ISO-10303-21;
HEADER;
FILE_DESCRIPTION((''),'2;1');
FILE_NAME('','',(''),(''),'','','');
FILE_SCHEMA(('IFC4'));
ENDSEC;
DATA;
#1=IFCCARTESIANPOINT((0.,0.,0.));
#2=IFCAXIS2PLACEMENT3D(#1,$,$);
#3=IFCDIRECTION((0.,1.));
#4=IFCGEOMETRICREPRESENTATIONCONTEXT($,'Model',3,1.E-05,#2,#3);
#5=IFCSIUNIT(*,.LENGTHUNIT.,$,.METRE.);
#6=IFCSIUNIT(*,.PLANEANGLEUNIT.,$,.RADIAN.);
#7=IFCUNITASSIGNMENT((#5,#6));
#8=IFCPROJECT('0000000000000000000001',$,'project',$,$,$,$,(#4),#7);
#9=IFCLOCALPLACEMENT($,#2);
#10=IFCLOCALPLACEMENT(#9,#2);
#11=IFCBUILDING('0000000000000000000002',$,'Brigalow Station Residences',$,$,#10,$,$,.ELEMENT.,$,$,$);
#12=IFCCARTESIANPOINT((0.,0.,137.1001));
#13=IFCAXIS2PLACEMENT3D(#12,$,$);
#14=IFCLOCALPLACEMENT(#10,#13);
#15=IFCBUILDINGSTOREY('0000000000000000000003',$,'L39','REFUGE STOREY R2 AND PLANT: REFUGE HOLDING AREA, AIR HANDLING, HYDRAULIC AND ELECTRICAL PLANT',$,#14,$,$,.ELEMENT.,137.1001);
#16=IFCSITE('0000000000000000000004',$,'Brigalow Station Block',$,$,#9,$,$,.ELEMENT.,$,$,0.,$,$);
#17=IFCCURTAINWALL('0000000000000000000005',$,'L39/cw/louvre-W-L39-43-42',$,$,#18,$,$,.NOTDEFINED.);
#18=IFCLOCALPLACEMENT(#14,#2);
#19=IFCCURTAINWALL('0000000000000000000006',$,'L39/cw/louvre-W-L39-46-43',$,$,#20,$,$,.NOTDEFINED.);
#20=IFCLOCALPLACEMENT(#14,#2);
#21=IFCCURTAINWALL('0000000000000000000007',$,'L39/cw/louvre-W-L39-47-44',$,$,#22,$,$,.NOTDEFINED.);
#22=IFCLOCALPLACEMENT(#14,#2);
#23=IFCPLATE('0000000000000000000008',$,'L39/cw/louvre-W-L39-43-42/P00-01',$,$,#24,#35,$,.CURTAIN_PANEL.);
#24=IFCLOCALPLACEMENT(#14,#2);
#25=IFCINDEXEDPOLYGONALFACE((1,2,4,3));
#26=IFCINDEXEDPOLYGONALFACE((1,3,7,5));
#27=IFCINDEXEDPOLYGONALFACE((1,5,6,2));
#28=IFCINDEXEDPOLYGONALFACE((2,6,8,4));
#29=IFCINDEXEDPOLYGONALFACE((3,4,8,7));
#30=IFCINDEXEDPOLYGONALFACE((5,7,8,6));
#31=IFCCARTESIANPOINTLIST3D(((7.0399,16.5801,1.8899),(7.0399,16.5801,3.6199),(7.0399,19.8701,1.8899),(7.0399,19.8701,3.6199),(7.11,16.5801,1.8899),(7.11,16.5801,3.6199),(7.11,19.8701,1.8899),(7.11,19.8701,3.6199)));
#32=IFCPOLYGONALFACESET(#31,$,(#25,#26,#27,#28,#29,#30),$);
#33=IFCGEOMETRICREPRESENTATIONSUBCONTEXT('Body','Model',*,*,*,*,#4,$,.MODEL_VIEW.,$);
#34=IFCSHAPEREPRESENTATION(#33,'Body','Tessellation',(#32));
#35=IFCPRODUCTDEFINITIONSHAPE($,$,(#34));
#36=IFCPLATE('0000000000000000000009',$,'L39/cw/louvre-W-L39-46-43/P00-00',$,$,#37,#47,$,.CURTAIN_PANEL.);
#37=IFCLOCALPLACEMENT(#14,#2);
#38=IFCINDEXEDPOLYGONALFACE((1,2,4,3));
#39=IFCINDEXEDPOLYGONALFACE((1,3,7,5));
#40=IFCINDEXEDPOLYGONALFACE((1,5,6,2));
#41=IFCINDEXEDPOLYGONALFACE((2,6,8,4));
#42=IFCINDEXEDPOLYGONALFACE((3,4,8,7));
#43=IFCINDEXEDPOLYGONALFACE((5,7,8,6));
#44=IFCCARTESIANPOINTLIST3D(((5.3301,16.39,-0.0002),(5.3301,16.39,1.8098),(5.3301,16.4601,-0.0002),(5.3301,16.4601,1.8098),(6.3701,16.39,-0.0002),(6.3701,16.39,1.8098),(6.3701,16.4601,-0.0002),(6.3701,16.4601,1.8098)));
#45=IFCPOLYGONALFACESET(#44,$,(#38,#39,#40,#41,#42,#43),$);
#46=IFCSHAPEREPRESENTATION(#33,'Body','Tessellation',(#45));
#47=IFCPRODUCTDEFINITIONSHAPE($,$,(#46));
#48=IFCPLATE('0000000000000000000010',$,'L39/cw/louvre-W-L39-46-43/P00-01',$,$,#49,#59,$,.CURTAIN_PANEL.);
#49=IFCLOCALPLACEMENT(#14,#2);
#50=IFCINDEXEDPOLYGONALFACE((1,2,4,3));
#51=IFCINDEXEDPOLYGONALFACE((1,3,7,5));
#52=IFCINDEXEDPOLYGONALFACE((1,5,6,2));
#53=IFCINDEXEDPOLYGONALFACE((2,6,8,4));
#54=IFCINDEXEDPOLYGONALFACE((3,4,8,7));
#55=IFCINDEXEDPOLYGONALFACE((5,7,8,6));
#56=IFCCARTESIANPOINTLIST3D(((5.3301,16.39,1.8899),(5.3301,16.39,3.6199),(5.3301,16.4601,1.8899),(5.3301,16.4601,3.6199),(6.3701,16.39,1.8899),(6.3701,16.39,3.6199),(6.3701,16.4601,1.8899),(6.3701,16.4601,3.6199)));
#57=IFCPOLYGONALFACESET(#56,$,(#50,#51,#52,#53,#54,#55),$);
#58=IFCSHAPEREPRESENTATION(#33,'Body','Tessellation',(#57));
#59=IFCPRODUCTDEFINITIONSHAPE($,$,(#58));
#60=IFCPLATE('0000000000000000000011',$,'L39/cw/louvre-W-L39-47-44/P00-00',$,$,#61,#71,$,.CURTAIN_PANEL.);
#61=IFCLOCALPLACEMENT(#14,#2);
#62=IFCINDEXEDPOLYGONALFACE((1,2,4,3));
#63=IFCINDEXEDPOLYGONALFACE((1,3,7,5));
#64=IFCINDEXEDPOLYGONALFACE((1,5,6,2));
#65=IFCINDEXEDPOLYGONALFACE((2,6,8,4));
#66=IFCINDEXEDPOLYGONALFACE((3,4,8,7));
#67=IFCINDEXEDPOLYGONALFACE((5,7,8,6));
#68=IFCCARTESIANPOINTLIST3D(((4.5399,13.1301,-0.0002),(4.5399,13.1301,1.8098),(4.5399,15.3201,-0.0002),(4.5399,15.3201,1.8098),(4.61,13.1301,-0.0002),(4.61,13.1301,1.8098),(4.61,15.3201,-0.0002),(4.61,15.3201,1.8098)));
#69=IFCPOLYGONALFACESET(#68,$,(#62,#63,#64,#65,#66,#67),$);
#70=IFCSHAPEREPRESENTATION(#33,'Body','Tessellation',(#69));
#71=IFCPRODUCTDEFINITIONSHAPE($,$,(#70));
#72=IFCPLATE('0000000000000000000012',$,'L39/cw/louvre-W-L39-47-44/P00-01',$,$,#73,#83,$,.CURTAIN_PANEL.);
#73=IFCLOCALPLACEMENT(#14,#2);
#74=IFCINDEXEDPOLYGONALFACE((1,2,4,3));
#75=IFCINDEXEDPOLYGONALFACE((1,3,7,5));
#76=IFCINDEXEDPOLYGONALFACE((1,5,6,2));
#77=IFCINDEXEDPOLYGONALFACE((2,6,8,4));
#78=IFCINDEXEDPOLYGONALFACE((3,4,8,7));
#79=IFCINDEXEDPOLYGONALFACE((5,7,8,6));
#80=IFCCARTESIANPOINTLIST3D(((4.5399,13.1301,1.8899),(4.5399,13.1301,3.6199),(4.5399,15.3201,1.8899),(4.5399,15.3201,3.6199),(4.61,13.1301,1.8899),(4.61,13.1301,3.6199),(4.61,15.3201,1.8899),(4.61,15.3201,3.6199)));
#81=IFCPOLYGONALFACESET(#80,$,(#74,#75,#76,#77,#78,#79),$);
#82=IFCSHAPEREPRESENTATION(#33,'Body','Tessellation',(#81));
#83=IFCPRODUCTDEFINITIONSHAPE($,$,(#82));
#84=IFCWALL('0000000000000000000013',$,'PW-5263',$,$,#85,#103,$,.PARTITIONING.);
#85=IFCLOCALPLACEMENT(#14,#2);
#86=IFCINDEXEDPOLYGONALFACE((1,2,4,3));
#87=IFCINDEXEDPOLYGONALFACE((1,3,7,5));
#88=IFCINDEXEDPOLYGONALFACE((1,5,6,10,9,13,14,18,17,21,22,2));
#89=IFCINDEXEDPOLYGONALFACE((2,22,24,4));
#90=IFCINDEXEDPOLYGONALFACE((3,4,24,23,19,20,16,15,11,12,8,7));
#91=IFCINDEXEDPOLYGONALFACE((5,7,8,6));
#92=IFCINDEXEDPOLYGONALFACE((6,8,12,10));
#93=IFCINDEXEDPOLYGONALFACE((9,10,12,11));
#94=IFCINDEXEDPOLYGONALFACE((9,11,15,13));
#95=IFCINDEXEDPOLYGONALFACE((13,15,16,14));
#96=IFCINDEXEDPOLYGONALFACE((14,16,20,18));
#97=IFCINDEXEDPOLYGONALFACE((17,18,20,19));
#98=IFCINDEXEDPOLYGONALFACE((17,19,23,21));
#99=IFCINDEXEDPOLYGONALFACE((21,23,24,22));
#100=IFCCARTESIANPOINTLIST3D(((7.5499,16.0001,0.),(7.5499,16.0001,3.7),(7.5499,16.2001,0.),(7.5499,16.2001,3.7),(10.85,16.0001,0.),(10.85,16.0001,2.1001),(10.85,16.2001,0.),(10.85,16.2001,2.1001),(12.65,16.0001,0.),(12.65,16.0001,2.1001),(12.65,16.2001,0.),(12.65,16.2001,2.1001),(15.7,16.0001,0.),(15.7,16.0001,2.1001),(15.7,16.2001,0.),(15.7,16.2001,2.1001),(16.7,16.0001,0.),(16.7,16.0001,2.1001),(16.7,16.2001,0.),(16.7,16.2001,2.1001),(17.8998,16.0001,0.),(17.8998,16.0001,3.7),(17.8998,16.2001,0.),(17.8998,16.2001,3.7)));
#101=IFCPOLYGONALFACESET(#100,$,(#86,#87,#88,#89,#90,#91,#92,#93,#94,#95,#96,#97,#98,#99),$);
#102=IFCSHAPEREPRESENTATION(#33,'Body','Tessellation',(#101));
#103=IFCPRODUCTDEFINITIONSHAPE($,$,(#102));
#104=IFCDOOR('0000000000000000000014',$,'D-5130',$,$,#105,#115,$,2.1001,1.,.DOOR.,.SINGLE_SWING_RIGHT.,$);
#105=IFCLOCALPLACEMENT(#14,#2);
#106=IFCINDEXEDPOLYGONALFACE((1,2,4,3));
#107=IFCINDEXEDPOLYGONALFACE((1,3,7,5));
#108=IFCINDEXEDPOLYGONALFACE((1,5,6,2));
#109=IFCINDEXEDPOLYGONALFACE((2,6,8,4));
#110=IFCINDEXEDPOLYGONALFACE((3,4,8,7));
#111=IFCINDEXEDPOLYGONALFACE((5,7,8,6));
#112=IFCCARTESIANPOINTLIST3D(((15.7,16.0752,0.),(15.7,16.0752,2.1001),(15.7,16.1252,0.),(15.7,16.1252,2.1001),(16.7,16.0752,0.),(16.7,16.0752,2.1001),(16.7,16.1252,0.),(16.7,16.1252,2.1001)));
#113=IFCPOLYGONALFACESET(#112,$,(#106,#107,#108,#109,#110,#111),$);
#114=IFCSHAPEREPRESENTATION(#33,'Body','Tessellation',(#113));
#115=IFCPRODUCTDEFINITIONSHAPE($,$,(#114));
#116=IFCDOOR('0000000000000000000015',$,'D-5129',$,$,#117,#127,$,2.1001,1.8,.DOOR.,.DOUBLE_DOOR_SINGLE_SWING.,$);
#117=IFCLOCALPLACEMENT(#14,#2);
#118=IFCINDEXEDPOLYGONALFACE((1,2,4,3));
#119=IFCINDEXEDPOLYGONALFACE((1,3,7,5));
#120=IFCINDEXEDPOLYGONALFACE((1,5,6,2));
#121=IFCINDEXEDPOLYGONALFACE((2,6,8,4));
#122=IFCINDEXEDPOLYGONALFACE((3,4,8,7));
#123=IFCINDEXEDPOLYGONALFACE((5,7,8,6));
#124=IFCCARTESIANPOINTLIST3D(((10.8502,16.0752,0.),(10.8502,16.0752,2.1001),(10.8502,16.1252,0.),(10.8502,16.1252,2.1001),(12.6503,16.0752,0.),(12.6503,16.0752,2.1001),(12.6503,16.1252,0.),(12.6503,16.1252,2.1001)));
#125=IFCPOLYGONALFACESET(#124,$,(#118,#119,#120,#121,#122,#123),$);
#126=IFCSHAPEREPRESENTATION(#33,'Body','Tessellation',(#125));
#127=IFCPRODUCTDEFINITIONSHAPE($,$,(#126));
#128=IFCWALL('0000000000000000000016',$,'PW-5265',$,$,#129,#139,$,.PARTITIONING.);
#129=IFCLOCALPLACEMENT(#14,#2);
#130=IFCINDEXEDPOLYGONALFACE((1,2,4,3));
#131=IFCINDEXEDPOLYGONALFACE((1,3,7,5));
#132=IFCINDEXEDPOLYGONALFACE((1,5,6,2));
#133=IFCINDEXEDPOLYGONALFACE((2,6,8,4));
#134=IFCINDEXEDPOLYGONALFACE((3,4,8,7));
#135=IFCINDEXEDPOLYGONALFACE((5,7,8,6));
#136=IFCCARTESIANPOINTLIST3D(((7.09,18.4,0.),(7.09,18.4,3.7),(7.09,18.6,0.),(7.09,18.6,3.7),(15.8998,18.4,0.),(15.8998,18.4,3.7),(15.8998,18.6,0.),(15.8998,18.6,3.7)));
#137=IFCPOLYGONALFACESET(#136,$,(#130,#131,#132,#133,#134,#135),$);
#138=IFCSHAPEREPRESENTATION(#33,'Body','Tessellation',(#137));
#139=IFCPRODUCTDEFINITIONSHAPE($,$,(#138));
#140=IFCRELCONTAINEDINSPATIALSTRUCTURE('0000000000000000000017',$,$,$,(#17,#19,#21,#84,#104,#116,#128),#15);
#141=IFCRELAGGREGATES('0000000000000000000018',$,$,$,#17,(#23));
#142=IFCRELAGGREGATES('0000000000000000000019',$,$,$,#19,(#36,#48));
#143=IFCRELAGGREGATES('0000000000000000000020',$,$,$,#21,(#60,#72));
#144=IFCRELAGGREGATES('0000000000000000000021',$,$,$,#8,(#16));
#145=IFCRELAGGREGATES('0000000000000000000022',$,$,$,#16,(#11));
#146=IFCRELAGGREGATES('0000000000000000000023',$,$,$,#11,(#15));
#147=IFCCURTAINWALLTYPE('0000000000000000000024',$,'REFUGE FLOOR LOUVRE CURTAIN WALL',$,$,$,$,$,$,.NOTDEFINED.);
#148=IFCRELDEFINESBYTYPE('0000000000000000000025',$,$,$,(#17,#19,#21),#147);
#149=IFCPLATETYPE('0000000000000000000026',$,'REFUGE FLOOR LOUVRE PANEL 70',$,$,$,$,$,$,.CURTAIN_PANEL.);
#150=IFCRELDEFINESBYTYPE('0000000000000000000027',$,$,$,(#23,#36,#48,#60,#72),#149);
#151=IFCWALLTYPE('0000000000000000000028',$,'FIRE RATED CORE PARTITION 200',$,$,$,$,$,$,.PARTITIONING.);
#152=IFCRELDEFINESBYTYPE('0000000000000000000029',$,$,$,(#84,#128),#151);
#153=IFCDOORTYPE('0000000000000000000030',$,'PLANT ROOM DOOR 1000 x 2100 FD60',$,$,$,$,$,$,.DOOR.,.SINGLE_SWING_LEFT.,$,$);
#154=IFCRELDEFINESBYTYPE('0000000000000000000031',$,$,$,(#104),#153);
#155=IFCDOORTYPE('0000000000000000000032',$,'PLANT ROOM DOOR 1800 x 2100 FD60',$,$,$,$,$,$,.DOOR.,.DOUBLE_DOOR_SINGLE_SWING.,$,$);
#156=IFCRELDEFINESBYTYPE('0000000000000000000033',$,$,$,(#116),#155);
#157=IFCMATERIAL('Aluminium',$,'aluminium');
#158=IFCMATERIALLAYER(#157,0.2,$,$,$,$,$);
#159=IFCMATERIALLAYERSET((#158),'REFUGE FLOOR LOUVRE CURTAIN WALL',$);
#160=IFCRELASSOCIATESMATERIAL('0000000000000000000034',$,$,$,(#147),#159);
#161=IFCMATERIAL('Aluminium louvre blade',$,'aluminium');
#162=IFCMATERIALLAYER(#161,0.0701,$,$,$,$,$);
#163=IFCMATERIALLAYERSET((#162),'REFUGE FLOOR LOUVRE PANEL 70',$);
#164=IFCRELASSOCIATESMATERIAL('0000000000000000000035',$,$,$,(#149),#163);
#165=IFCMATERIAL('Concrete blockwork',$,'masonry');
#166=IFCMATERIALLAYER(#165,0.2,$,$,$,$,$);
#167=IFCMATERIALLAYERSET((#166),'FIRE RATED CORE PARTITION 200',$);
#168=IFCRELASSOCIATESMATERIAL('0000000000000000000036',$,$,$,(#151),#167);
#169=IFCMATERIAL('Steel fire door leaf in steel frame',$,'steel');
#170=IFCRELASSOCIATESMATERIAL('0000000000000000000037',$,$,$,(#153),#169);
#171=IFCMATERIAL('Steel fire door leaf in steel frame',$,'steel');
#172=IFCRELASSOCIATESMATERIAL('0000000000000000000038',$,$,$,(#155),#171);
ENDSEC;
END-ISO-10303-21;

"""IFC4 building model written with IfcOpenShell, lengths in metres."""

from ifc_helpers import new_model, si_unit, direction, frame, frame_2d, origin, origin_2d, place, context, subcontext, project, spatial, rectangle, extrude, material, layer, layer_set, type_object, element, fill, aggregate, save


model = new_model("IFC4")

# Units and contexts
model_context = context("Model", 3, precision=1e-05, world=origin(), true_north=direction((0.0, 1.0)))
body_context = subcontext(model_context, "Body", "Model", "MODEL_VIEW")
ifc_project = project(units=[si_unit("LENGTHUNIT", "METRE"), si_unit("PLANEANGLEUNIT", "RADIAN")], contexts=[model_context])

# Site, building, storey
site_placement = place(None, origin())
site = spatial("IfcSite", under=ifc_project, at=site_placement, Name="Brigalow Station Block", CompositionType="ELEMENT", RefElevation=0.0)
building_placement = place(site_placement, origin())
building = spatial("IfcBuilding", under=site, at=building_placement, Name="Brigalow Station Residences", CompositionType="ELEMENT")
storey_placement = place(building_placement, frame((0.0, 0.0, 137.1001)))
storey = spatial("IfcBuildingStorey", under=building, at=storey_placement, Name="L39", Description="REFUGE STOREY R2 AND PLANT: REFUGE HOLDING AREA, AIR HANDLING, HYDRAULIC AND ELECTRICAL PLANT", CompositionType="ELEMENT", Elevation=137.1001)

# Curtain walls
ifc_material_1 = material(Name="Aluminium", Category="aluminium")
ifc_layer_1 = layer(ifc_material_1, 0.2)
ifc_layer_set_1 = layer_set([ifc_layer_1], Name="REFUGE FLOOR LOUVRE CURTAIN WALL")
curtain_wall_type = type_object("IfcCurtainWallType", Name="REFUGE FLOOR LOUVRE CURTAIN WALL", PredefinedType="NOTDEFINED", material=ifc_layer_set_1)
curtain_wall_1_placement = place(storey_placement, origin())
curtain_wall_1 = element("IfcCurtainWall", 1, at=curtain_wall_1_placement, inside=storey, type_object=curtain_wall_type, Name="L39/cw/louvre-W-L39-43-42", PredefinedType="NOTDEFINED")
curtain_wall_2_placement = place(storey_placement, origin())
curtain_wall_2 = element("IfcCurtainWall", 2, at=curtain_wall_2_placement, inside=storey, type_object=curtain_wall_type, Name="L39/cw/louvre-W-L39-46-43", PredefinedType="NOTDEFINED")
curtain_wall_3_placement = place(storey_placement, origin())
curtain_wall_3 = element("IfcCurtainWall", 3, at=curtain_wall_3_placement, inside=storey, type_object=curtain_wall_type, Name="L39/cw/louvre-W-L39-47-44", PredefinedType="NOTDEFINED")

# Plates
ifc_material_2 = material(Name="Aluminium louvre blade", Category="aluminium")
ifc_layer_2 = layer(ifc_material_2, 0.0701)
ifc_layer_set_2 = layer_set([ifc_layer_2], Name="REFUGE FLOOR LOUVRE PANEL 70")
plate_type = type_object("IfcPlateType", Name="REFUGE FLOOR LOUVRE PANEL 70", PredefinedType="CURTAIN_PANEL", material=ifc_layer_set_2)
plate_1_placement = place(storey_placement, frame((7.075, 18.2251, 1.8899), z_axis=(0.0, 0.0, 1.0), x_axis=(0.0, -1.0, 0.0)))
plate_1 = element("IfcPlate", 4, at=plate_1_placement, type_object=plate_type, Name="L39/cw/louvre-W-L39-43-42/P00-01", PredefinedType="CURTAIN_PANEL", context=body_context, shape_type="SweptSolid", body=[
    extrude(rectangle(XDim=3.29, YDim=0.0701, at=origin_2d()), origin(), (0.0, 0.0, 1.0), 1.73),
])
aggregate(curtain_wall_1, [plate_1])
plate_2_placement = place(storey_placement, frame((5.8501, 16.425, -0.0002), z_axis=(0.0, 0.0, 1.0), x_axis=(-1.0, 0.0, 0.0)))
plate_2 = element("IfcPlate", 5, at=plate_2_placement, type_object=plate_type, Name="L39/cw/louvre-W-L39-46-43/P00-00", PredefinedType="CURTAIN_PANEL", context=body_context, shape_type="SweptSolid", body=[
    extrude(rectangle(XDim=1.04, YDim=0.0701, at=origin_2d()), origin(), (0.0, 0.0, 1.0), 1.8101),
])
plate_3_placement = place(storey_placement, frame((5.8501, 16.425, 1.8899), z_axis=(0.0, 0.0, 1.0), x_axis=(-1.0, 0.0, 0.0)))
plate_3 = element("IfcPlate", 6, at=plate_3_placement, type_object=plate_type, Name="L39/cw/louvre-W-L39-46-43/P00-01", PredefinedType="CURTAIN_PANEL", context=body_context, shape_type="SweptSolid", body=[
    extrude(rectangle(XDim=1.04, YDim=0.0701, at=origin_2d()), origin(), (0.0, 0.0, 1.0), 1.73),
])
aggregate(curtain_wall_2, [plate_2, plate_3])
plate_4_placement = place(storey_placement, frame((4.575, 14.2251, -0.0002), z_axis=(0.0, 0.0, 1.0), x_axis=(0.0, -1.0, 0.0)))
plate_4 = element("IfcPlate", 7, at=plate_4_placement, type_object=plate_type, Name="L39/cw/louvre-W-L39-47-44/P00-00", PredefinedType="CURTAIN_PANEL", context=body_context, shape_type="SweptSolid", body=[
    extrude(rectangle(XDim=2.1899, YDim=0.0701, at=origin_2d()), origin(), (0.0, 0.0, 1.0), 1.8101),
])
plate_5_placement = place(storey_placement, frame((4.575, 14.2251, 1.8899), z_axis=(0.0, 0.0, 1.0), x_axis=(0.0, -1.0, 0.0)))
plate_5 = element("IfcPlate", 8, at=plate_5_placement, type_object=plate_type, Name="L39/cw/louvre-W-L39-47-44/P00-01", PredefinedType="CURTAIN_PANEL", context=body_context, shape_type="SweptSolid", body=[
    extrude(rectangle(XDim=2.1899, YDim=0.0701, at=origin_2d()), origin(), (0.0, 0.0, 1.0), 1.73),
])
aggregate(curtain_wall_3, [plate_4, plate_5])

# Wall, openings, doors
ifc_material_3 = material(Name="Concrete blockwork", Category="masonry")
ifc_layer_3 = layer(ifc_material_3, 0.2)
ifc_layer_set_3 = layer_set([ifc_layer_3], Name="FIRE RATED CORE PARTITION 200")
wall_type = type_object("IfcWallType", Name="FIRE RATED CORE PARTITION 200", PredefinedType="PARTITIONING", material=ifc_layer_set_3)
wall_1_placement = place(storey_placement, frame((7.55, 16.1001, 0.0), z_axis=(0.0, 0.0, 1.0), x_axis=(1.0, 0.0, 0.0)))
wall_1 = element("IfcWall", 9, at=wall_1_placement, inside=storey, type_object=wall_type, Name="PW-5263", PredefinedType="PARTITIONING", context=body_context, shape_type="SweptSolid", body=[
    extrude(rectangle(XDim=10.3499, YDim=0.2, at=frame_2d((5.1748, 0.0))), origin(), (0.0, 0.0, 1.0), 3.7),
])
opening_1_placement = place(wall_1_placement, frame((3.3, 0.0, 0.0)))
opening_1 = element("IfcOpeningElement", 10, at=opening_1_placement, cuts=wall_1, PredefinedType="OPENING", context=body_context, shape_type="SweptSolid", body=[
    extrude(rectangle(XDim=1.8, YDim=2.1001, at=frame_2d((0.8999, 1.05))), frame((0.0, 0.1099, 0.0), z_axis=(0.0, -1.0, 0.0), x_axis=(1.0, 0.0, 0.0)), (0.0, 0.0, 1.0), 0.22),
])
opening_2_placement = place(wall_1_placement, frame((8.1499, 0.0, 0.0)))
opening_2 = element("IfcOpeningElement", 11, at=opening_2_placement, cuts=wall_1, PredefinedType="OPENING", context=body_context, shape_type="SweptSolid", body=[
    extrude(rectangle(XDim=1.0, YDim=2.1001, at=frame_2d((0.5, 1.05))), frame((0.0, 0.1099, 0.0), z_axis=(0.0, -1.0, 0.0), x_axis=(1.0, 0.0, 0.0)), (0.0, 0.0, 1.0), 0.22),
])
ifc_material_4 = material(Name="Steel fire door leaf in steel frame", Category="steel")
door_type_1 = type_object("IfcDoorType", Name="PLANT ROOM DOOR 1000 x 2100 FD60", OperationType="SINGLE_SWING_LEFT", PredefinedType="DOOR", material=ifc_material_4)
door_1_placement = place(opening_2_placement, frame((1.0, 0.0, 0.0), z_axis=(0.0, 0.0, 1.0), x_axis=(-1.0, 0.0, 0.0)))
door_1 = element("IfcDoor", 12, at=door_1_placement, inside=storey, type_object=door_type_1, Name="D-5130", OperationType="SINGLE_SWING_RIGHT", OverallHeight=2.1001, OverallWidth=1.0, PredefinedType="DOOR", context=body_context, shape_type="SweptSolid", body=[
    extrude(rectangle(XDim=1.0, YDim=2.1001, at=frame_2d((0.5, 1.05))), frame((0.0, 0.0249, 0.0), z_axis=(0.0, -1.0, 0.0), x_axis=(1.0, 0.0, 0.0)), (0.0, 0.0, 1.0), 0.05),
])
fill(opening_2, door_1)
ifc_material_5 = material(Name="Steel fire door leaf in steel frame", Category="steel")
door_type_2 = type_object("IfcDoorType", Name="PLANT ROOM DOOR 1800 x 2100 FD60", OperationType="DOUBLE_DOOR_SINGLE_SWING", PredefinedType="DOOR", material=ifc_material_5)
door_2_placement = place(opening_1_placement, frame((1.8, 0.0, 0.0), z_axis=(0.0, 0.0, 1.0), x_axis=(-1.0, 0.0, 0.0)))
door_2 = element("IfcDoor", 13, at=door_2_placement, inside=storey, type_object=door_type_2, Name="D-5129", OperationType="DOUBLE_DOOR_SINGLE_SWING", OverallHeight=2.1001, OverallWidth=1.8, PredefinedType="DOOR", context=body_context, shape_type="SweptSolid", body=[
    extrude(rectangle(XDim=1.8, YDim=2.1001, at=frame_2d((0.8999, 1.05))), frame((0.0, 0.0249, 0.0), z_axis=(0.0, -1.0, 0.0), x_axis=(1.0, 0.0, 0.0)), (0.0, 0.0, 1.0), 0.05),
])
fill(opening_1, door_2)

# Wall
wall_2_placement = place(storey_placement, frame((7.0901, 18.5, 0.0), z_axis=(0.0, 0.0, 1.0), x_axis=(1.0, 0.0, 0.0)))
element("IfcWall", 14, at=wall_2_placement, inside=storey, type_object=wall_type, Name="PW-5265", PredefinedType="PARTITIONING", context=body_context, shape_type="SweptSolid", body=[
    extrude(rectangle(XDim=8.8098, YDim=0.2, at=frame_2d((4.4048, 0.0))), origin(), (0.0, 0.0, 1.0), 3.7),
])

save(model, "model.ifc")
